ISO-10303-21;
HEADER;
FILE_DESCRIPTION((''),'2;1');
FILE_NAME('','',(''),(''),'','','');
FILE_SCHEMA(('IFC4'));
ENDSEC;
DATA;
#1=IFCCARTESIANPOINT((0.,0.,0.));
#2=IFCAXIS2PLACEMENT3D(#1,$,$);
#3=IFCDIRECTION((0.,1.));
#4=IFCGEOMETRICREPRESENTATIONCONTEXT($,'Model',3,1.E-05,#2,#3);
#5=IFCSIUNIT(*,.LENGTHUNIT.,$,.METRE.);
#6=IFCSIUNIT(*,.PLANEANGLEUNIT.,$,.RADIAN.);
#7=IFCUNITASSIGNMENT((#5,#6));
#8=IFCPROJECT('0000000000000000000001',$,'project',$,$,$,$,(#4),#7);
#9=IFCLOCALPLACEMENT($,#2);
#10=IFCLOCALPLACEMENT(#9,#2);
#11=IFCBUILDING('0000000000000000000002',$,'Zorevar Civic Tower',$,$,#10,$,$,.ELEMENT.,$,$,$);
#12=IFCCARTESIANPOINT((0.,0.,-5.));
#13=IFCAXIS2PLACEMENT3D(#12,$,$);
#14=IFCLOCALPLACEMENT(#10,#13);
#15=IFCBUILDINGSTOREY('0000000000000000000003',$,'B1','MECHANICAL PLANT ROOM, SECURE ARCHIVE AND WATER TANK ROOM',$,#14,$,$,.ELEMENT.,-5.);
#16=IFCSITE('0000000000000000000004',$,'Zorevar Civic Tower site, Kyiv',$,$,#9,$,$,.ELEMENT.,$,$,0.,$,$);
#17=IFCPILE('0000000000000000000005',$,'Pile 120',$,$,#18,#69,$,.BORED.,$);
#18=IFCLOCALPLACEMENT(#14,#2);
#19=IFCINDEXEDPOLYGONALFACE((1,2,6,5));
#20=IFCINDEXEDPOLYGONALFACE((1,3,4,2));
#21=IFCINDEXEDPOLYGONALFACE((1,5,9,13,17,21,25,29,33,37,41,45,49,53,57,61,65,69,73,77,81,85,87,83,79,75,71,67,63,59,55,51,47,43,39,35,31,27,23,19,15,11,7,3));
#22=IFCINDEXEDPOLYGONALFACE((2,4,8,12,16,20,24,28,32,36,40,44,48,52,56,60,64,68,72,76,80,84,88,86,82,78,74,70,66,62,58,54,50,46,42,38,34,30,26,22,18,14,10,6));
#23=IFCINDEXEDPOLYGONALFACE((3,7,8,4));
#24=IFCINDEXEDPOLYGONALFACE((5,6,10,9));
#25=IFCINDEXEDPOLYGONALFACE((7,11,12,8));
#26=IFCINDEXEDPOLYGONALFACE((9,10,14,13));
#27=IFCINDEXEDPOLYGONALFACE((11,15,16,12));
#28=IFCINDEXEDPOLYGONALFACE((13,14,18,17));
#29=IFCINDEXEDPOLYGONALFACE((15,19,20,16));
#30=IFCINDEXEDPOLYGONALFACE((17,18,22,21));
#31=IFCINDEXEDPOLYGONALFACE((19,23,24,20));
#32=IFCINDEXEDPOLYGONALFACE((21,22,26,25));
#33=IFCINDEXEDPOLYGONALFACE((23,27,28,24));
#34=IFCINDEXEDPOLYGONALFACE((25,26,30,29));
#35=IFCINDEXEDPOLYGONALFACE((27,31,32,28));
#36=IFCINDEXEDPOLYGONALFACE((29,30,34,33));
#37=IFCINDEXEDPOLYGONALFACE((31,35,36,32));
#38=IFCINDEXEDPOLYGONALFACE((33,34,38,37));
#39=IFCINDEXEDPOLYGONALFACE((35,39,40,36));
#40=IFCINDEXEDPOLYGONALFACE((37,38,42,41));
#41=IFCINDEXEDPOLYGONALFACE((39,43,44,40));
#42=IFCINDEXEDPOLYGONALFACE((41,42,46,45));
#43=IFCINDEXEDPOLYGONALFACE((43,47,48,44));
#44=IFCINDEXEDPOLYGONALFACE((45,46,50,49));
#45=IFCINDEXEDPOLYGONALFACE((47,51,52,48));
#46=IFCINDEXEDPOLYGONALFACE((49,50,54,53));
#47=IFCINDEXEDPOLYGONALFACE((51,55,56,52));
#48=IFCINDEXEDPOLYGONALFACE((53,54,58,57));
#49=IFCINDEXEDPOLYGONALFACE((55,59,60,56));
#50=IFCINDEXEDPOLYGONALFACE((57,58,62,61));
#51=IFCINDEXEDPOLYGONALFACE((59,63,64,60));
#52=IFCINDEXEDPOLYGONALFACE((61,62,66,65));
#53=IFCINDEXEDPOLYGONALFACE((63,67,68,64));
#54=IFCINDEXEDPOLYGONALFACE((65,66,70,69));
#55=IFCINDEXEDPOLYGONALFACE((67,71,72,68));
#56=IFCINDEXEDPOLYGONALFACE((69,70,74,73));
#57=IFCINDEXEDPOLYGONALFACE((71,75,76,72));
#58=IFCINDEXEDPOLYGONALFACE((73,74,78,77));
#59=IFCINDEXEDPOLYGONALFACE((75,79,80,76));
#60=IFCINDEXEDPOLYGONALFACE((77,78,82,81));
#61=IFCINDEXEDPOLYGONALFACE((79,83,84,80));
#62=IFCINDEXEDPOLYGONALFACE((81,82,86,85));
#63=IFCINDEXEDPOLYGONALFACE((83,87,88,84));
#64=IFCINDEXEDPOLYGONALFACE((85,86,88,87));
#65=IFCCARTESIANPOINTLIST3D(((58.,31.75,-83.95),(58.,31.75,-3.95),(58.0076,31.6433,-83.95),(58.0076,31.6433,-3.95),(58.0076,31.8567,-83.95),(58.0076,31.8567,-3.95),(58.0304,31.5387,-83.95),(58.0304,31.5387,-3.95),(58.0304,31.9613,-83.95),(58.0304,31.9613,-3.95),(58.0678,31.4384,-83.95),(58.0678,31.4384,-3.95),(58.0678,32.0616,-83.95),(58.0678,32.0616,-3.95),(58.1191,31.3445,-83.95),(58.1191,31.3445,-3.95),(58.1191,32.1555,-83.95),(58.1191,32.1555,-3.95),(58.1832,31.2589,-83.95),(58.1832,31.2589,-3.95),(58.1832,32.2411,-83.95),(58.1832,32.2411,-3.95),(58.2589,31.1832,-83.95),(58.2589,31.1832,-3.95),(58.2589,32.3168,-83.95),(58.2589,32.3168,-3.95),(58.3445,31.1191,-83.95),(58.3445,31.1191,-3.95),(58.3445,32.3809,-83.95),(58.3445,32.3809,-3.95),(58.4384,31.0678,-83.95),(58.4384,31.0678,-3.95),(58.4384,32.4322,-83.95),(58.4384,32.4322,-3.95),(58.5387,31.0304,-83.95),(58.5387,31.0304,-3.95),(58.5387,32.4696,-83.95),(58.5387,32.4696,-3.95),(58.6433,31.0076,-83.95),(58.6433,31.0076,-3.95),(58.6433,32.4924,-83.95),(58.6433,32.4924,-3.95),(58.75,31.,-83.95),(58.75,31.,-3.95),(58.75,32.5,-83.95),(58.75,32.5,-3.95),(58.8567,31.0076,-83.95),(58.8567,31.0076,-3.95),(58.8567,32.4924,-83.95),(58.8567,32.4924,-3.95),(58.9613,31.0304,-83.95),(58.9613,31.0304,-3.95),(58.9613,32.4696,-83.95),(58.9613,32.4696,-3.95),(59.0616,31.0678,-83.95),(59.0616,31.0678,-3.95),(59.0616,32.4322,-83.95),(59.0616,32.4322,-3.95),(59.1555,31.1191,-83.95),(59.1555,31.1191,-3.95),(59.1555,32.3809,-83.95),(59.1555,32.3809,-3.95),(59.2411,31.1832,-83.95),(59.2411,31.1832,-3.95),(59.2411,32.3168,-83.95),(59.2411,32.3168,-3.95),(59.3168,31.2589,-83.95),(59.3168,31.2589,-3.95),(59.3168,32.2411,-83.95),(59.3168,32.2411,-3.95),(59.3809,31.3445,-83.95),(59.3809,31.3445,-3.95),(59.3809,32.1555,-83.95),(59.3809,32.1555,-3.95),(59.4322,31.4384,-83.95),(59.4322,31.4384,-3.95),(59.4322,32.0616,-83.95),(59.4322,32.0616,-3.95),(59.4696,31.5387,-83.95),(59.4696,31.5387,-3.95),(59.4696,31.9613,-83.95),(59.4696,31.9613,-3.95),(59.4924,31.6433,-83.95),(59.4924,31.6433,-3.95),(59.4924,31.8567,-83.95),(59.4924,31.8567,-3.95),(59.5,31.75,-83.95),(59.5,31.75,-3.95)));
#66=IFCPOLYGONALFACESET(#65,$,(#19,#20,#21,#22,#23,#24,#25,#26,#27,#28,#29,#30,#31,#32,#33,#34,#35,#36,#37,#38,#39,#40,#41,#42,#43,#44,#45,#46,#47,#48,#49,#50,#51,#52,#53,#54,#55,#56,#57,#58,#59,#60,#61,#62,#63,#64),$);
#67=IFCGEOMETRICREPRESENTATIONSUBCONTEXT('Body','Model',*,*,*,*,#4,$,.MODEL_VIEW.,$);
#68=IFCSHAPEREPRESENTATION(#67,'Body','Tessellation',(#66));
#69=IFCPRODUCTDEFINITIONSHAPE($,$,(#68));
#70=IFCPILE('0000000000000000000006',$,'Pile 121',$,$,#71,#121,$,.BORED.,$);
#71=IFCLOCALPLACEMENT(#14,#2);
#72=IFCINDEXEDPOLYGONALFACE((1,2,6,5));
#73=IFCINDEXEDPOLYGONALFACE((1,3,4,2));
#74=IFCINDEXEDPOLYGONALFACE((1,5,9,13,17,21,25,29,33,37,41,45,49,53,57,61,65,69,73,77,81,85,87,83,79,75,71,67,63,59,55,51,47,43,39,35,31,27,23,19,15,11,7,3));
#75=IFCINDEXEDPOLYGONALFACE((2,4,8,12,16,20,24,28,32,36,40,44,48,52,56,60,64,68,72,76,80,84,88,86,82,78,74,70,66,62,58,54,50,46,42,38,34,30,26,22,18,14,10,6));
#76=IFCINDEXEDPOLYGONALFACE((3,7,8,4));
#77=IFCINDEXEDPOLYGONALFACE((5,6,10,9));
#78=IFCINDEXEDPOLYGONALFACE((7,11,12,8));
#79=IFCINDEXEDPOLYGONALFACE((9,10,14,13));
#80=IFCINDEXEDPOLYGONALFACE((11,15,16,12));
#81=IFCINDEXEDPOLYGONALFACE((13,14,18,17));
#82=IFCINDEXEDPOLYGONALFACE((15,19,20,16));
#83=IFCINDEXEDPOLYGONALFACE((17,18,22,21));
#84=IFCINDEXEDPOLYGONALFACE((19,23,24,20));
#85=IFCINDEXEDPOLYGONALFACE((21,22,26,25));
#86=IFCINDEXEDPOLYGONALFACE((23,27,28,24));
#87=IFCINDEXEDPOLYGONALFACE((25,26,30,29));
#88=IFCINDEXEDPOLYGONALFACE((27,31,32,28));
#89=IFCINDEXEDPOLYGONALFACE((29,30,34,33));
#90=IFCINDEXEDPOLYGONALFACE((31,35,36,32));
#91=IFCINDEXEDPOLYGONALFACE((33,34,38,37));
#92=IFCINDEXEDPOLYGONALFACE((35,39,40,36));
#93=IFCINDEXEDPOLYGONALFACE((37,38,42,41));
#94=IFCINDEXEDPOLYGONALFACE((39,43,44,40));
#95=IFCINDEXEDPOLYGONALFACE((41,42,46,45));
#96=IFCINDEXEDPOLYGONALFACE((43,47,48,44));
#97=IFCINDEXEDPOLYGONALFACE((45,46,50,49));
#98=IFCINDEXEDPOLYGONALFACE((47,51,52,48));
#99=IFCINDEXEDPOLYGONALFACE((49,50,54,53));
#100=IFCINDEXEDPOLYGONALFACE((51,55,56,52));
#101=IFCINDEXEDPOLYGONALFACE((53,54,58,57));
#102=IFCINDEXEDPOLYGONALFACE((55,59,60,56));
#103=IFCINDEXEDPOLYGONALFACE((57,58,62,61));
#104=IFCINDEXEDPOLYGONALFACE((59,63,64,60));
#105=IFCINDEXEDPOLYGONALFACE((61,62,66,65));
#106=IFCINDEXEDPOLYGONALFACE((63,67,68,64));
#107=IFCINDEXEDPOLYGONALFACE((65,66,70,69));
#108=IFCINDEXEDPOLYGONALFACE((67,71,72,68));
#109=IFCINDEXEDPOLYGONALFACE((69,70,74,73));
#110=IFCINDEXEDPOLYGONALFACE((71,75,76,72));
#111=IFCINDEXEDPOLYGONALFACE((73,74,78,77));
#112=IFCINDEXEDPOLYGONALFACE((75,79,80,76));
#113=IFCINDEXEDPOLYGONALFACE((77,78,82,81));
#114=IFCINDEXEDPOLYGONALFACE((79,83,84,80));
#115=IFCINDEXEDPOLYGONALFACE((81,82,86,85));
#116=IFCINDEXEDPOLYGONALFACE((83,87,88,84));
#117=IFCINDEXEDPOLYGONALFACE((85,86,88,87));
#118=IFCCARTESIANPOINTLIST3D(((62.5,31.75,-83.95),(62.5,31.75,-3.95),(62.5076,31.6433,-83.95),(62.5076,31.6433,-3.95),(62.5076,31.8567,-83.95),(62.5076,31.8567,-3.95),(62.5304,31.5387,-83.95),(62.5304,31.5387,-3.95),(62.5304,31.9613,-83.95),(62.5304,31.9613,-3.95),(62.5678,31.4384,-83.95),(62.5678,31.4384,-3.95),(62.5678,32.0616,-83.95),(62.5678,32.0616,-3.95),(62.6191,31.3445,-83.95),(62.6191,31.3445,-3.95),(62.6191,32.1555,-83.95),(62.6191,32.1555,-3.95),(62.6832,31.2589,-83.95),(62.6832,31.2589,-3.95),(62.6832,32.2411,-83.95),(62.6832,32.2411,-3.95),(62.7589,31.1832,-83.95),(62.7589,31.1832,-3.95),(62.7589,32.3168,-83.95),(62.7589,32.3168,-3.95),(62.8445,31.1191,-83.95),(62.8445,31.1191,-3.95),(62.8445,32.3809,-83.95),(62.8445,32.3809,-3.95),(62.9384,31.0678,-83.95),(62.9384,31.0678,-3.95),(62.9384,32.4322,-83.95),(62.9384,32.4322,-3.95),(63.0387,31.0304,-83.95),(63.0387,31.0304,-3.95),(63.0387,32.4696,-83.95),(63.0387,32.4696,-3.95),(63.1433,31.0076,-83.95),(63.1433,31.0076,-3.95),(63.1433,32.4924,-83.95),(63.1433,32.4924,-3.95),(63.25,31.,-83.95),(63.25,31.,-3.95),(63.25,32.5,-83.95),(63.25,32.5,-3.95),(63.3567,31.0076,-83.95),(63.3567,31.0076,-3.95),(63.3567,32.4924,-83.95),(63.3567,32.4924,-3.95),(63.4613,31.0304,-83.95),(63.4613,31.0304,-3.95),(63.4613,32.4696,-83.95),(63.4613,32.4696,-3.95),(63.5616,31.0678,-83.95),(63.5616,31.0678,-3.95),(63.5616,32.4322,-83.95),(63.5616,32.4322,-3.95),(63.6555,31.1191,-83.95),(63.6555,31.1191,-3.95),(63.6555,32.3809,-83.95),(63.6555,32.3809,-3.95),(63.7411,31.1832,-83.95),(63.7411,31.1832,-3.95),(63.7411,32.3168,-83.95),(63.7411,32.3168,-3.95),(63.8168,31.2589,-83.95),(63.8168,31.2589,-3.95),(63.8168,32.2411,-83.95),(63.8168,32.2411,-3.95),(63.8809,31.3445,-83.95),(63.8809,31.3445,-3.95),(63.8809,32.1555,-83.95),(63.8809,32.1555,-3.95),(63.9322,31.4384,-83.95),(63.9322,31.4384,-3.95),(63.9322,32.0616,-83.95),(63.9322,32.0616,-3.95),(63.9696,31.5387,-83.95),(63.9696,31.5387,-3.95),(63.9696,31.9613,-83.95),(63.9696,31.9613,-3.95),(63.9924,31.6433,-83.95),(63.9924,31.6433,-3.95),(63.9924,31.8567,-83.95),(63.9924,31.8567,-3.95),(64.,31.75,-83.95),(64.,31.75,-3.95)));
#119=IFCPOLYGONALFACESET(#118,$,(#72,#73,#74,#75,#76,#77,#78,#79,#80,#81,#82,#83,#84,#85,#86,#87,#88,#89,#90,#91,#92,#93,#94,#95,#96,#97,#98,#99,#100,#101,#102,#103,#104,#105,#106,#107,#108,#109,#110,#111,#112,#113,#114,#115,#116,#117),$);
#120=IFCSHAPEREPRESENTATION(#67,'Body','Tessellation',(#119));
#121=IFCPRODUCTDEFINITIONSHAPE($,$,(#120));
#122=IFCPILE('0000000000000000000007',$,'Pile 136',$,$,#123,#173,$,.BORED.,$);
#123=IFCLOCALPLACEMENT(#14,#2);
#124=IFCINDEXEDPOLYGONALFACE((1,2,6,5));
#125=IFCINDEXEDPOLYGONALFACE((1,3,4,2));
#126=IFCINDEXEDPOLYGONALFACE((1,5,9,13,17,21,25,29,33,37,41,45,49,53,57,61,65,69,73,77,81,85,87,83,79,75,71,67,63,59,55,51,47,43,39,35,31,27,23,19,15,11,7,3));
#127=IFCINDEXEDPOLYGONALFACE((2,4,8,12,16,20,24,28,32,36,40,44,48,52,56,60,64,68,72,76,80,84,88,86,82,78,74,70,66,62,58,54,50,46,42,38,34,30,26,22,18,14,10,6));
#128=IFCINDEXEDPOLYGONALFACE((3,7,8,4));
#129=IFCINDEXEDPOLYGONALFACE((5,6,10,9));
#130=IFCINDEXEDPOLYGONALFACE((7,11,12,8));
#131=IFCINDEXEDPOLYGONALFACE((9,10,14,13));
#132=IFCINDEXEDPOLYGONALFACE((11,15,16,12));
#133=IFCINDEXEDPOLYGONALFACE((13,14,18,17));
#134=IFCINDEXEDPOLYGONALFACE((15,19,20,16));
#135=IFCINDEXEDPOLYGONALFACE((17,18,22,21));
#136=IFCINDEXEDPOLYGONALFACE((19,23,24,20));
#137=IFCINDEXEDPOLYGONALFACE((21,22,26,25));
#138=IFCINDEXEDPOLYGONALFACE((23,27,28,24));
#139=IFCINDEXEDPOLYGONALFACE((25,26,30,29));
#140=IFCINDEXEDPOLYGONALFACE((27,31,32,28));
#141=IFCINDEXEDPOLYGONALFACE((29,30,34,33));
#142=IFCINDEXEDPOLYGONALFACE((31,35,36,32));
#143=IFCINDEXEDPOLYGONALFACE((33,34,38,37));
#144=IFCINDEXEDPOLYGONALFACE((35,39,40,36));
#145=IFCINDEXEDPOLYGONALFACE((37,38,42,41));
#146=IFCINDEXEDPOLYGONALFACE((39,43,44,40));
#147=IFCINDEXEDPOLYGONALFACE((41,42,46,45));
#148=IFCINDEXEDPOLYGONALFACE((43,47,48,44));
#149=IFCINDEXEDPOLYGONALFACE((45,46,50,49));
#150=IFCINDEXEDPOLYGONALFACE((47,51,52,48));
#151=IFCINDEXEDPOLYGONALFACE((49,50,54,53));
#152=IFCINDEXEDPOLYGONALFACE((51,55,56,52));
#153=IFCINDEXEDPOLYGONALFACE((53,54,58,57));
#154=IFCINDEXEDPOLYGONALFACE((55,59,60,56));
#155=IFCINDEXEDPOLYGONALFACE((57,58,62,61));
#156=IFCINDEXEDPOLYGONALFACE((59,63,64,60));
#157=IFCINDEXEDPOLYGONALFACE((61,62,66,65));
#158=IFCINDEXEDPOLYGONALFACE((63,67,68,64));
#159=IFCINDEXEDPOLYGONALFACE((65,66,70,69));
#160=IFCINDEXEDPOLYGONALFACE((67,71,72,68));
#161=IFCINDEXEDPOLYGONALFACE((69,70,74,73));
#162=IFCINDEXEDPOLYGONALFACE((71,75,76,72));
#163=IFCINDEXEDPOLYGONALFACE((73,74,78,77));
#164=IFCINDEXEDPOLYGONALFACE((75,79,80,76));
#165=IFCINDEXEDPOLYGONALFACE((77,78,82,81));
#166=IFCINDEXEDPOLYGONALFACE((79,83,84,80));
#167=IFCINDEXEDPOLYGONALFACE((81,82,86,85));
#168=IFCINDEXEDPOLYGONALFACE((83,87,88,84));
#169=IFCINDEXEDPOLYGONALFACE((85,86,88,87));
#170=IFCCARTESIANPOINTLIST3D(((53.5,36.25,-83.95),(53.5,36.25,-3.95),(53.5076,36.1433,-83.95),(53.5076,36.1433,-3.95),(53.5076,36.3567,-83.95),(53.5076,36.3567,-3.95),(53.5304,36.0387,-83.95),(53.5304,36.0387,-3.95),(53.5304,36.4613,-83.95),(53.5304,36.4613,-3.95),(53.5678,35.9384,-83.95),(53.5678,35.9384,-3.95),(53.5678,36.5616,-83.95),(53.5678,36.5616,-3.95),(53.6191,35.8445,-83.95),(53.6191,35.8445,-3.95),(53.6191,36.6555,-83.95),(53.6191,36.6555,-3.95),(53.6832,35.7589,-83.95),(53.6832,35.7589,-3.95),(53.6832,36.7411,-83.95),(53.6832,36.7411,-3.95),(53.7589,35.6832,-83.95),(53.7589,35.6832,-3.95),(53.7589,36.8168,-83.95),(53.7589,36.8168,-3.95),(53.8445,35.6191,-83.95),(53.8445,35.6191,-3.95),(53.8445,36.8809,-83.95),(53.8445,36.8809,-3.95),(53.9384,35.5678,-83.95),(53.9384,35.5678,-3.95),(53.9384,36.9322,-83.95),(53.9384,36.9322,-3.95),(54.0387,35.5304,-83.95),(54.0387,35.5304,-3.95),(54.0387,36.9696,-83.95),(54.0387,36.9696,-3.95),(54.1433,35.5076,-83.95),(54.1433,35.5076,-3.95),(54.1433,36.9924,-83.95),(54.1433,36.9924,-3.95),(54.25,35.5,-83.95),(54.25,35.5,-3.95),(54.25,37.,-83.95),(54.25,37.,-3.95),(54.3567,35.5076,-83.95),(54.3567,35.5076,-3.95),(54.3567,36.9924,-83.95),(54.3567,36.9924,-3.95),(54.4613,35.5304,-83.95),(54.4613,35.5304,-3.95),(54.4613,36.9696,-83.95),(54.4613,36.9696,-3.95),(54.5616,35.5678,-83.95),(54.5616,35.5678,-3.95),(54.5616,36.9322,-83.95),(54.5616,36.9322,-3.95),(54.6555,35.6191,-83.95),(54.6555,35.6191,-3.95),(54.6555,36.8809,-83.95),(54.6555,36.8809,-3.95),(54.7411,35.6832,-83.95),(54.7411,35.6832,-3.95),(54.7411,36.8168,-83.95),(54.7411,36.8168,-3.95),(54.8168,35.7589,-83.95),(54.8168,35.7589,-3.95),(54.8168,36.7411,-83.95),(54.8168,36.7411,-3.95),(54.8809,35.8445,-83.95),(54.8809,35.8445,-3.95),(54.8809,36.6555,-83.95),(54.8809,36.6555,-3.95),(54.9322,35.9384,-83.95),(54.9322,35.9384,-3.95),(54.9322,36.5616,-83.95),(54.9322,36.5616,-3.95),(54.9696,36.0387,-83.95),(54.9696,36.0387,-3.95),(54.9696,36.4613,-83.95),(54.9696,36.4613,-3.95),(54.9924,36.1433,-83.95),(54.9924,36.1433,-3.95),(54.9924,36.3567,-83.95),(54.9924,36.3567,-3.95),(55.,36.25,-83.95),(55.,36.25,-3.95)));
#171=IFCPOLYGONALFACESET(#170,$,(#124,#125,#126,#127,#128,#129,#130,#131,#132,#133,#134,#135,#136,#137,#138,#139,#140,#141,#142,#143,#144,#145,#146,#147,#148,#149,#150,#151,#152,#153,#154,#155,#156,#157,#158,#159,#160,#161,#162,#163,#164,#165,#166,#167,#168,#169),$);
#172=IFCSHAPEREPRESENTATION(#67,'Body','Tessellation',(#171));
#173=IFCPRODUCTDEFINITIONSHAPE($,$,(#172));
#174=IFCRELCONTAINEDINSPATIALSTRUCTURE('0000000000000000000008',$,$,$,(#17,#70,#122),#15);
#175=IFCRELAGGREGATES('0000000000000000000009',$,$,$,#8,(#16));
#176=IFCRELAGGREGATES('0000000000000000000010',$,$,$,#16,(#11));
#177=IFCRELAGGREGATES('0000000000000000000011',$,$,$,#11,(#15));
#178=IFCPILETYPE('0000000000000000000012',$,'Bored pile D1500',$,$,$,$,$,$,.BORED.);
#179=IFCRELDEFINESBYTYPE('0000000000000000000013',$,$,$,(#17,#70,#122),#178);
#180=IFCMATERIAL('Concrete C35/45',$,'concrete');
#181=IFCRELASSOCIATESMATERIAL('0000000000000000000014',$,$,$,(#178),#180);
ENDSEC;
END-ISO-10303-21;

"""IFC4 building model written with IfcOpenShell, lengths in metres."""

from ifc_helpers import new_model, si_unit, direction, frame, origin, origin_2d, place, context, subcontext, project, spatial, circle, extrude, material, type_object, element, save


model = new_model("IFC4")

# Units and contexts
model_context = context("Model", 3, precision=1e-05, world=origin(), true_north=direction((0.0, 1.0)))
body_context = subcontext(model_context, "Body", "Model", "MODEL_VIEW")
ifc_project = project(units=[si_unit("LENGTHUNIT", "METRE"), si_unit("PLANEANGLEUNIT", "RADIAN")], contexts=[model_context])

# Site, building, storey
site_placement = place(None, origin())
site = spatial("IfcSite", under=ifc_project, at=site_placement, Name="Zorevar Civic Tower site, Kyiv", CompositionType="ELEMENT", RefElevation=0.0)
building_placement = place(site_placement, origin())
building = spatial("IfcBuilding", under=site, at=building_placement, Name="Zorevar Civic Tower", CompositionType="ELEMENT")
storey_placement = place(building_placement, frame((0.0, 0.0, -5.0)))
storey = spatial("IfcBuildingStorey", under=building, at=storey_placement, Name="B1", Description="MECHANICAL PLANT ROOM, SECURE ARCHIVE AND WATER TANK ROOM", CompositionType="ELEMENT", Elevation=-5.0)

# Piles
ifc_material_1 = material(Name="Concrete C35/45", Category="concrete")
pile_type_1 = type_object("IfcPileType", Name="Bored pile D1500", PredefinedType="BORED", material=ifc_material_1)
for number, where, z_axis, x_axis, name in (
    (1, (58.75, 31.75, -3.95), (0.0, 0.0, -1.0), (1.0, 0.0, 0.0), "Pile 120"),
    (2, (63.25, 31.75, -3.95), (0.0, 0.0, -1.0), (1.0, 0.0, 0.0), "Pile 121"),
    (3, (54.25, 36.25, -3.95), (0.0, 0.0, -1.0), (1.0, 0.0, 0.0), "Pile 136"),
):
    element("IfcPile", number, at=place(storey_placement, frame(where, z_axis=z_axis, x_axis=x_axis)), inside=storey, type_object=pile_type_1, Name=name, PredefinedType="BORED", context=body_context, shape_type="SweptSolid", body=[
        extrude(circle(Radius=0.75, at=origin_2d()), origin(), (0.0, 0.0, 1.0), 80.0),
    ])

save(model, "model.ifc")
